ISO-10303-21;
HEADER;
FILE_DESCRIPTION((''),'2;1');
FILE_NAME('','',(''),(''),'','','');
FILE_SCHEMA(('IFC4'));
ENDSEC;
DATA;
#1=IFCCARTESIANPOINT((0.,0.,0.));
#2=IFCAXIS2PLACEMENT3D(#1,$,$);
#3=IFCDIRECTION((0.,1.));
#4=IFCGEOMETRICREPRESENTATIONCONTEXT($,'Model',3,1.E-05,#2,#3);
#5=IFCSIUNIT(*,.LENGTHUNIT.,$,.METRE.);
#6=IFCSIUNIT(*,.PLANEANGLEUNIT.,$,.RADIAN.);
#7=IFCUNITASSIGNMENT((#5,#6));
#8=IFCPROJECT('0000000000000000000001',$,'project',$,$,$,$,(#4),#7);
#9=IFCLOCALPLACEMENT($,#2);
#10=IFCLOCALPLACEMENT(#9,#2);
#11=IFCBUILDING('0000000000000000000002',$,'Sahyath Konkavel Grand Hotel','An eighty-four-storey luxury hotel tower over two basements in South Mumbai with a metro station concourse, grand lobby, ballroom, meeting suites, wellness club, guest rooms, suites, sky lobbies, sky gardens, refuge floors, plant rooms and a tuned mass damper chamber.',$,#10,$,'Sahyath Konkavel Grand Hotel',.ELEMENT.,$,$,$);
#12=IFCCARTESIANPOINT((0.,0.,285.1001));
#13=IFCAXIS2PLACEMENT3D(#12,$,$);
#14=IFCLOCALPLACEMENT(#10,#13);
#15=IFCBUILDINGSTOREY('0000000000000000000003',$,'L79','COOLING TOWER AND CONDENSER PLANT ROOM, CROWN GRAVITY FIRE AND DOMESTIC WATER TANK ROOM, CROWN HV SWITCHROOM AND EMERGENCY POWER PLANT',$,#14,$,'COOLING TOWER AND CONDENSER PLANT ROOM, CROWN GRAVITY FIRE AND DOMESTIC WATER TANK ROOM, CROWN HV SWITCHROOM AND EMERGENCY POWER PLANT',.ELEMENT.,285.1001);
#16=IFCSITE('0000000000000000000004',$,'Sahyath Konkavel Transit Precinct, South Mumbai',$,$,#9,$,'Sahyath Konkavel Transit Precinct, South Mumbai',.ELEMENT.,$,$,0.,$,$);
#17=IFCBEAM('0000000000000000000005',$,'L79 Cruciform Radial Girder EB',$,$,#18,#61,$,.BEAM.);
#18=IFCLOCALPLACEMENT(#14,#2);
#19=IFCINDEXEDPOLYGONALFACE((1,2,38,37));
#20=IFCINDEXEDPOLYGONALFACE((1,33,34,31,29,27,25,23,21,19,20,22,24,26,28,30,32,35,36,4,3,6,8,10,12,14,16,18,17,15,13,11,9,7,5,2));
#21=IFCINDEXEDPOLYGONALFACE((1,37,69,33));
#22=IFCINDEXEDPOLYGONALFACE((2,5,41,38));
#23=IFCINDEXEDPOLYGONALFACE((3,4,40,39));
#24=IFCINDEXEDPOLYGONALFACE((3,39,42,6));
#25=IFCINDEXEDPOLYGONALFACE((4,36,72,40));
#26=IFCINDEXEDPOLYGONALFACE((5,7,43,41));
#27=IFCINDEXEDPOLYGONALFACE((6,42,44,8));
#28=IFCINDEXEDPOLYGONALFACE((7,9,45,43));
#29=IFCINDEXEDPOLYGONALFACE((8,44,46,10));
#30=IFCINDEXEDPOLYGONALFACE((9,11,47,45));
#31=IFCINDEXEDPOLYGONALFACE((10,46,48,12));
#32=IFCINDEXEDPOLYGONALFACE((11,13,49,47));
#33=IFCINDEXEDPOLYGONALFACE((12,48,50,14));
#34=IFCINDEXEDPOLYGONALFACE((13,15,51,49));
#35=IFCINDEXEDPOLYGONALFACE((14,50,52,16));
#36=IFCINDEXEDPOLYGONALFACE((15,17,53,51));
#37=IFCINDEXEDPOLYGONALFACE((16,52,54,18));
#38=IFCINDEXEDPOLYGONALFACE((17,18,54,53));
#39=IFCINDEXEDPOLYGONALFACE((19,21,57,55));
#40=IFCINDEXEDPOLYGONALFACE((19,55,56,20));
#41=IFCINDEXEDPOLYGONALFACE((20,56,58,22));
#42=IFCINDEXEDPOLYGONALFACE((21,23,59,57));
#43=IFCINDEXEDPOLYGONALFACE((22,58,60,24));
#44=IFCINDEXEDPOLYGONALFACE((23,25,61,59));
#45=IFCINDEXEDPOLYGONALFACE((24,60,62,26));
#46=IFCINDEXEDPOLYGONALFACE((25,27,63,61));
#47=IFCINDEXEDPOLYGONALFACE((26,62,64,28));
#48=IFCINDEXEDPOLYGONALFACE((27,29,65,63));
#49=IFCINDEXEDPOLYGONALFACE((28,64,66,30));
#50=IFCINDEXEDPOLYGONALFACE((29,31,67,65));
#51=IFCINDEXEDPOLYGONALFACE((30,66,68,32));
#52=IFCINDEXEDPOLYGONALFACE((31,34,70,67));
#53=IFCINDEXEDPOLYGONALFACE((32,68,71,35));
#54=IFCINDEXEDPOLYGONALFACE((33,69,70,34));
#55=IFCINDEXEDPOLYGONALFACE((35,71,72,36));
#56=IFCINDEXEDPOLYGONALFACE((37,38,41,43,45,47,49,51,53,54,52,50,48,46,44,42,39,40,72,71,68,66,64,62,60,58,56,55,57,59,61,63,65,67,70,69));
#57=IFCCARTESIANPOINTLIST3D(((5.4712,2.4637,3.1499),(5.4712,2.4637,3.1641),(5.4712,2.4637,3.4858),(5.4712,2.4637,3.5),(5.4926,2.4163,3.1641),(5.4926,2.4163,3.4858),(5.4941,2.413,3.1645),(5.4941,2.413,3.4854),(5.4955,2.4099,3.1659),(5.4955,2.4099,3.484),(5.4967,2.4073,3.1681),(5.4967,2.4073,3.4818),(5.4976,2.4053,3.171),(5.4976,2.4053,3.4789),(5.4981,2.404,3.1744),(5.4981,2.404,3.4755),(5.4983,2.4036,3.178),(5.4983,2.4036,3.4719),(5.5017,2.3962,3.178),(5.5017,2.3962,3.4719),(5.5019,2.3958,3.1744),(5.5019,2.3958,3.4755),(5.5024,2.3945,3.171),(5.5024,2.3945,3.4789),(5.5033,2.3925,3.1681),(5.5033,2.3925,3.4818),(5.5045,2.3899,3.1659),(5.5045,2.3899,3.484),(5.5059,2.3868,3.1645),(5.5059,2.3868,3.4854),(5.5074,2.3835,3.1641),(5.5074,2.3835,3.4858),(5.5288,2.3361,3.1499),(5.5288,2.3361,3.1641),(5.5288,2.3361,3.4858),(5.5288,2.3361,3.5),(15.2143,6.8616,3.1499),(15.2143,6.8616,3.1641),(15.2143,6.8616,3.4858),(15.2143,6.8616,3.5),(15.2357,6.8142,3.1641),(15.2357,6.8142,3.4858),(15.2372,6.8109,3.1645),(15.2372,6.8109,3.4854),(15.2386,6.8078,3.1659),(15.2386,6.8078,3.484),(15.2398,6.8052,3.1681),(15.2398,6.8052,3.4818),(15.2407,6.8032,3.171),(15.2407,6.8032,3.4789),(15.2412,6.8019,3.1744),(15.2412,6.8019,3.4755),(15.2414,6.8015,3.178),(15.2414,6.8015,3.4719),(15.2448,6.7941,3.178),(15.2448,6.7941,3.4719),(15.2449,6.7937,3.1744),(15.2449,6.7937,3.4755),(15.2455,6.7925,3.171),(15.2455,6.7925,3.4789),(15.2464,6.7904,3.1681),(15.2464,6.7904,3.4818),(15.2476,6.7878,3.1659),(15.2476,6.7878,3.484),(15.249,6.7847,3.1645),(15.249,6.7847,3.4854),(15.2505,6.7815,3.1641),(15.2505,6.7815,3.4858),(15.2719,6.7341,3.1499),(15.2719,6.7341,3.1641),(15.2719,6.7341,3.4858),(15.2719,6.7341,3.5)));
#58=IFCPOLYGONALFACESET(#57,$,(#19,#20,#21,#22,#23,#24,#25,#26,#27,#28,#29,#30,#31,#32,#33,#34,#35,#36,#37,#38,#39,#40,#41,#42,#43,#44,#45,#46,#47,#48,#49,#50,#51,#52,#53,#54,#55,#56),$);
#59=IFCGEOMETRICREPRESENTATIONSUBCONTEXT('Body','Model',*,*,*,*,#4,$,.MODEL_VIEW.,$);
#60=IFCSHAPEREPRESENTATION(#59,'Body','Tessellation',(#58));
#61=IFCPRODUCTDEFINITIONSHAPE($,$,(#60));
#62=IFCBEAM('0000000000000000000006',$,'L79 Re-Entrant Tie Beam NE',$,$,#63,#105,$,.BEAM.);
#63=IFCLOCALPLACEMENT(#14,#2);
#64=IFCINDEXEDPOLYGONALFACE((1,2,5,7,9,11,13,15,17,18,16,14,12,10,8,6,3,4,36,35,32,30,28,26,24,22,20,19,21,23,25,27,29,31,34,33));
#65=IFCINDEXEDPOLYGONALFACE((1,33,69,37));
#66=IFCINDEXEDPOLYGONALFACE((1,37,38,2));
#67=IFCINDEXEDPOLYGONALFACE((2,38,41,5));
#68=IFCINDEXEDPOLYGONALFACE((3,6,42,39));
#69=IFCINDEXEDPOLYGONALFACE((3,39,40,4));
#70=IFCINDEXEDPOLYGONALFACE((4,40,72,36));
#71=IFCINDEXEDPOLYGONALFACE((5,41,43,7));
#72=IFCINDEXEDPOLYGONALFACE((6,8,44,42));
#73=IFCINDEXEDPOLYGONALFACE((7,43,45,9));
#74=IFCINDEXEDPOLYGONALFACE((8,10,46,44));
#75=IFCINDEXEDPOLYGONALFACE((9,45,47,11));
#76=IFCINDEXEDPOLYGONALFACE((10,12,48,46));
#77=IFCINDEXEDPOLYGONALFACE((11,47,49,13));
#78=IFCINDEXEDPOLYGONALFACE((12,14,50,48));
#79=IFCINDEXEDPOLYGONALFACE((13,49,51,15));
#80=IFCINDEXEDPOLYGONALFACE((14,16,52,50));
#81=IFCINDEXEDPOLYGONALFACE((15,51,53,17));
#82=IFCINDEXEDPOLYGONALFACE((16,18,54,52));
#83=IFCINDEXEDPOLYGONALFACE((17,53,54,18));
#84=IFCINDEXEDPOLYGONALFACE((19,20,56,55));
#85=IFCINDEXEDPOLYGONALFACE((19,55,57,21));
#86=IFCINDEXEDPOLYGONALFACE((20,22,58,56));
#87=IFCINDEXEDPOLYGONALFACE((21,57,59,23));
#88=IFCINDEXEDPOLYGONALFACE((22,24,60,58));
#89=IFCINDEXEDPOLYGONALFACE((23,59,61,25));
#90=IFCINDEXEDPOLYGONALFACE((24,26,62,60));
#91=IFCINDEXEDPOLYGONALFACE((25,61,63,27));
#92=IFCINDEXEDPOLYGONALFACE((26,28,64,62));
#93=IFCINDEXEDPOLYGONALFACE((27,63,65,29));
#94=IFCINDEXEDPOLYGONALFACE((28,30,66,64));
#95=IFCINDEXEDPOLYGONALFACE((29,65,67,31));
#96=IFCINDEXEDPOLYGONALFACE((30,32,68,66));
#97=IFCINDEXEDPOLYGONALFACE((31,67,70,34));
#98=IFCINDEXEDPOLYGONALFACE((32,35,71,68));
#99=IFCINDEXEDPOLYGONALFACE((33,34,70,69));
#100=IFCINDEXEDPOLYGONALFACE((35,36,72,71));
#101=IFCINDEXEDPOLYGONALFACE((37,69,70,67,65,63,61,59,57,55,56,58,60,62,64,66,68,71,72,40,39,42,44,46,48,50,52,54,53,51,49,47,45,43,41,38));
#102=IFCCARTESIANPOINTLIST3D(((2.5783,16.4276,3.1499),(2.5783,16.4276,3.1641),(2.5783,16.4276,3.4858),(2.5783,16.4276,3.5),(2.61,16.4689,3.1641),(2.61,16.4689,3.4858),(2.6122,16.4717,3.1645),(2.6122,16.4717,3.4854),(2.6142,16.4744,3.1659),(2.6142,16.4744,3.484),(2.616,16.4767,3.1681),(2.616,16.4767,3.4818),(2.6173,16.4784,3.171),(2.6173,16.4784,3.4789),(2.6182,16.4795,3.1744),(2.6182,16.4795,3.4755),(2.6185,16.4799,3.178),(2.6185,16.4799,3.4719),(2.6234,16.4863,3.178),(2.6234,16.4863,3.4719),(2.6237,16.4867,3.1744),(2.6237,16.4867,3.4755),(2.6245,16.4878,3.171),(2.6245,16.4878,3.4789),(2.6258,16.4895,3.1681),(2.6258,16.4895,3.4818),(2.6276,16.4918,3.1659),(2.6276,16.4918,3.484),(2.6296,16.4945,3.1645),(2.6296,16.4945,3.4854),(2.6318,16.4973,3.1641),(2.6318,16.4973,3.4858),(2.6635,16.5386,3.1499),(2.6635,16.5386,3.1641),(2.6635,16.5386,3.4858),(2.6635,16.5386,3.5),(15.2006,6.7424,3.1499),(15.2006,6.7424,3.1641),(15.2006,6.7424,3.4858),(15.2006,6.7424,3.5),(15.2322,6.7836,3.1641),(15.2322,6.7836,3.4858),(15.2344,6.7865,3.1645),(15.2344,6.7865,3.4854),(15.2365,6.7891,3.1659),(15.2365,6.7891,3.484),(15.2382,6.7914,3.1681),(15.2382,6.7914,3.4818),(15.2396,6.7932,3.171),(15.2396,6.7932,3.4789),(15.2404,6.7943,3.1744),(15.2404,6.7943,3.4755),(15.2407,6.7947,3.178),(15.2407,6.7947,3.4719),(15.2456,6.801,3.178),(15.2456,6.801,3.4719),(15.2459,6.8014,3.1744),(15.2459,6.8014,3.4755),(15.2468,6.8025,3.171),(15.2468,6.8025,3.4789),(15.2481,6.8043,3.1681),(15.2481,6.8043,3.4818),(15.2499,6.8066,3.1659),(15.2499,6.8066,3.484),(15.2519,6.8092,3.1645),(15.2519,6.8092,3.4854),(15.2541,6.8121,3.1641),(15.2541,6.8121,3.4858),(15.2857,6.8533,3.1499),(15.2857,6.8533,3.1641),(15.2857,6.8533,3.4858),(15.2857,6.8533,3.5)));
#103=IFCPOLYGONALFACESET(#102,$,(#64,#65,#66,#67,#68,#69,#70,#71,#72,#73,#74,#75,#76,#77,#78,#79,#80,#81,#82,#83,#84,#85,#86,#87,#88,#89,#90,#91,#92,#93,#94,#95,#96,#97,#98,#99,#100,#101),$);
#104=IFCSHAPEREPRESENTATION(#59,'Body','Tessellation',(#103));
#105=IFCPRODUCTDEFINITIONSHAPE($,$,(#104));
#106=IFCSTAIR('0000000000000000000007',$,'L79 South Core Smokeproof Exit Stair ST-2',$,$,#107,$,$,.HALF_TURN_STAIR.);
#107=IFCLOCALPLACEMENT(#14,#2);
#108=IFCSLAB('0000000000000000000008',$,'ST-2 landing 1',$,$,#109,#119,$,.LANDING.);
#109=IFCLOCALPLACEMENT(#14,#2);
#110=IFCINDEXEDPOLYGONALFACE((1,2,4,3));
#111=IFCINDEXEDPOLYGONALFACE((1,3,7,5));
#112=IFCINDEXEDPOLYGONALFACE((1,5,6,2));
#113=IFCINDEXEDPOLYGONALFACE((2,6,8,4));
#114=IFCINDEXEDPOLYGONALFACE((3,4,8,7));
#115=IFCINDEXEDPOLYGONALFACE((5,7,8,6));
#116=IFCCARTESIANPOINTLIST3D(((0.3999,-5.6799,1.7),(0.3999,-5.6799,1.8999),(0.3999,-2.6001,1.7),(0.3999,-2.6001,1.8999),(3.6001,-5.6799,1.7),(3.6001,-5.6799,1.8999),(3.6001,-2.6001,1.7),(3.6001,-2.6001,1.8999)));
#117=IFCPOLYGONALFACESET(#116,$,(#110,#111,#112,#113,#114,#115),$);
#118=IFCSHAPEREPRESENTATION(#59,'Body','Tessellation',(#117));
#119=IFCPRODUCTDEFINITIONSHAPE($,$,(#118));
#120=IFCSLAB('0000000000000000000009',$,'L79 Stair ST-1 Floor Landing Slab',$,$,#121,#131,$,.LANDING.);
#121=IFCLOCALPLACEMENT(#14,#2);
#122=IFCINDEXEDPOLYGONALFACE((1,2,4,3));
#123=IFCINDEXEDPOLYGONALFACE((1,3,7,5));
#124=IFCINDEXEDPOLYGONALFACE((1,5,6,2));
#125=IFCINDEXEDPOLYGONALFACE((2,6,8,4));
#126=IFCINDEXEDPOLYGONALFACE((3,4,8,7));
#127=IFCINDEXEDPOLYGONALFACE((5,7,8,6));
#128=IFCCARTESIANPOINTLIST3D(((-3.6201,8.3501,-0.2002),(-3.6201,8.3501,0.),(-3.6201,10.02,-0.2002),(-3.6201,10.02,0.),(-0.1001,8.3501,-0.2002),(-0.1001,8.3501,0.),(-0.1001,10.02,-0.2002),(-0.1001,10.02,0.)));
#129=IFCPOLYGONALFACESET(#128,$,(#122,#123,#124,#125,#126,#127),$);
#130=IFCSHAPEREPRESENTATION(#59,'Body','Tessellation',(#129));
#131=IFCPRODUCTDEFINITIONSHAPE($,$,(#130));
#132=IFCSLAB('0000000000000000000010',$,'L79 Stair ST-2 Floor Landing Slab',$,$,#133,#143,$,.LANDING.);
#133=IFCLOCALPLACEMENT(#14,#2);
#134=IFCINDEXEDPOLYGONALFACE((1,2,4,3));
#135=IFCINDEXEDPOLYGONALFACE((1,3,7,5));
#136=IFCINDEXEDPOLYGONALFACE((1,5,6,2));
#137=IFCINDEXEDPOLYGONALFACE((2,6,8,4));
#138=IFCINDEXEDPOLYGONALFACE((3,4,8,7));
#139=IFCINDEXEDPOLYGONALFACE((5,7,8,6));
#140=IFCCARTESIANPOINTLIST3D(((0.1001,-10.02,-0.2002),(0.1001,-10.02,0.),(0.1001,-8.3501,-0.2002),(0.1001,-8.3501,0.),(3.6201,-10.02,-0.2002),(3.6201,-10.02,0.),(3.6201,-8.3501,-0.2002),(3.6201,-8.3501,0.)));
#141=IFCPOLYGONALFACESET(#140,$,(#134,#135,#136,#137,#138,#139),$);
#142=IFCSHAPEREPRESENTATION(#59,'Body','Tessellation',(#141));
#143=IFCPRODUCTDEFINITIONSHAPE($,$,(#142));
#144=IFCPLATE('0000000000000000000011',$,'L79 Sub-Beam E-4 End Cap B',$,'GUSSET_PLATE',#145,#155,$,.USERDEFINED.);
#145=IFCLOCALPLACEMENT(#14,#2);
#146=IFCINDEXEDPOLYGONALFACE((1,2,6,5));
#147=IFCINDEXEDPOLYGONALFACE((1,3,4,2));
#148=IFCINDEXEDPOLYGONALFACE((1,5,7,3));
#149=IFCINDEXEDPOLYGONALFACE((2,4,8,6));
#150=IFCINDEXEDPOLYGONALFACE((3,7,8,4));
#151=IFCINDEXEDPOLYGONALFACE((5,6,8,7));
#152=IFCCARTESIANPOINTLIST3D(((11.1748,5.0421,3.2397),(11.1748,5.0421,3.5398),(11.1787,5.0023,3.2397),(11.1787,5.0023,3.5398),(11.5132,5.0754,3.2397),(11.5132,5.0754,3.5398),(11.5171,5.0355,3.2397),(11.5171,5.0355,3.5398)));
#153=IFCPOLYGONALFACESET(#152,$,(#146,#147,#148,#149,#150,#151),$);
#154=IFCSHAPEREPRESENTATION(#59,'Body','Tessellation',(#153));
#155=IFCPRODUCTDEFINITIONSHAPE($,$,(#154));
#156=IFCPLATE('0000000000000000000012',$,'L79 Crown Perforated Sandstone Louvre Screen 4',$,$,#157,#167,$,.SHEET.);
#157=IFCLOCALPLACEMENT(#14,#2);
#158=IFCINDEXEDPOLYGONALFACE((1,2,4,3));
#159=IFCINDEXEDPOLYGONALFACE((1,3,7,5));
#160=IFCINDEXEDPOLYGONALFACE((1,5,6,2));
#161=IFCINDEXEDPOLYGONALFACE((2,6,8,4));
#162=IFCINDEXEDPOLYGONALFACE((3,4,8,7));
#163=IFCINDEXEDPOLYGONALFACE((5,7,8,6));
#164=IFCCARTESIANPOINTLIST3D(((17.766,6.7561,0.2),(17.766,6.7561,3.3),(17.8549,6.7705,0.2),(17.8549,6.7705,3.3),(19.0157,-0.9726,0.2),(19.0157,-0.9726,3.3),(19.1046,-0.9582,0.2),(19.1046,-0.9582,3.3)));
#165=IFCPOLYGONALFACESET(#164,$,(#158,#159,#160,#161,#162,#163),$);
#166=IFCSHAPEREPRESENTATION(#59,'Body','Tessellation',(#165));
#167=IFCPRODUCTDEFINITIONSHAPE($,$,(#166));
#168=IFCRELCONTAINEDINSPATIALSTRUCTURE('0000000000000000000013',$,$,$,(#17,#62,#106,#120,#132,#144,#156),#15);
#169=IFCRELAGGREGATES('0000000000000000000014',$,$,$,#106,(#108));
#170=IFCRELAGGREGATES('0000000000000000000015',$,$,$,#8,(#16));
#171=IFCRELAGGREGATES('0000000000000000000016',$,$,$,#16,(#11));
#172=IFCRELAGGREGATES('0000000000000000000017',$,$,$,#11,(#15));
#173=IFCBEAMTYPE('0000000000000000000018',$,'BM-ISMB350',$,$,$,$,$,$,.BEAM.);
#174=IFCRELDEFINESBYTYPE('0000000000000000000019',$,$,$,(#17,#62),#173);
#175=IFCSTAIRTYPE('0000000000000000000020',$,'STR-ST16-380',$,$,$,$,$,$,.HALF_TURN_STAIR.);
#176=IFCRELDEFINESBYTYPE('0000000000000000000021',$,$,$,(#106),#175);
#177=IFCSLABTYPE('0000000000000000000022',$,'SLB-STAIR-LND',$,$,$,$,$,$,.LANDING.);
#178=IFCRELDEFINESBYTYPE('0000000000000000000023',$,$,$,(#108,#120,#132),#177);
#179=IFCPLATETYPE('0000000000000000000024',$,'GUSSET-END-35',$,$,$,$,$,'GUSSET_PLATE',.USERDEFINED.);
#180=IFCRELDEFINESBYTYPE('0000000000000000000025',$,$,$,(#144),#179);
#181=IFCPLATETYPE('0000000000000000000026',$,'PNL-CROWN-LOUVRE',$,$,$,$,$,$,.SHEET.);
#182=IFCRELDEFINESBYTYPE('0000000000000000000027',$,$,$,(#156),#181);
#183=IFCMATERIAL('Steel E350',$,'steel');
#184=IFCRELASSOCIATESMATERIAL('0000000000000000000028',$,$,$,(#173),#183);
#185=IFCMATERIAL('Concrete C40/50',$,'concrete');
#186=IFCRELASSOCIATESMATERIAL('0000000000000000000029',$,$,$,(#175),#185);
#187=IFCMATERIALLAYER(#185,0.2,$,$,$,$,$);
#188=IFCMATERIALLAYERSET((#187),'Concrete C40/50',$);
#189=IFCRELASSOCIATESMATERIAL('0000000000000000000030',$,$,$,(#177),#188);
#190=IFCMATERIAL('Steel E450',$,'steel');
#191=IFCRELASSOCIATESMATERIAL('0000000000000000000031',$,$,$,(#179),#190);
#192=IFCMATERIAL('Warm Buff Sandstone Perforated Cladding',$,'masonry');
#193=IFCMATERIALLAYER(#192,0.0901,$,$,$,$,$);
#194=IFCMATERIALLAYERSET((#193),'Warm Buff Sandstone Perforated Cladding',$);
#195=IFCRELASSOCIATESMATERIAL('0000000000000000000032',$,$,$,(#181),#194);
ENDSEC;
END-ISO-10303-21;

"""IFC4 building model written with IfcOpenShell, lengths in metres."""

from ifc_helpers import new_model, si_unit, direction, frame, origin, origin_2d, place, context, subcontext, project, spatial, polyline, rectangle, i_section, outline, extrude, source, transform, mapped, material, layer, layer_set, material_profile, profile_set, type_object, element, aggregate, save


model = new_model("IFC4")

# Units and contexts
model_context = context("Model", 3, precision=1e-05, world=origin(), true_north=direction((0.0, 1.0)))
body_context = subcontext(model_context, "Body", "Model", "MODEL_VIEW")
ifc_project = project(units=[si_unit("LENGTHUNIT", "METRE"), si_unit("PLANEANGLEUNIT", "RADIAN")], contexts=[model_context])

# Site, building, storey
site_placement = place(None, origin())
site = spatial("IfcSite", under=ifc_project, at=site_placement, Name="Sahyath Konkavel Transit Precinct, South Mumbai", LongName="Sahyath Konkavel Transit Precinct, South Mumbai", CompositionType="ELEMENT", RefElevation=0.0)
building_placement = place(site_placement, origin())
building = spatial("IfcBuilding", under=site, at=building_placement, Name="Sahyath Konkavel Grand Hotel", Description="An eighty-four-storey luxury hotel tower over two basements in South Mumbai with a metro station concourse, grand lobby, ballroom, meeting suites, wellness club, guest rooms, suites, sky lobbies, sky gardens, refuge floors, plant rooms and a tuned mass damper chamber.", LongName="Sahyath Konkavel Grand Hotel", CompositionType="ELEMENT")
storey_placement = place(building_placement, frame((0.0, 0.0, 285.1001)))
storey = spatial("IfcBuildingStorey", under=building, at=storey_placement, Name="L79", Description="COOLING TOWER AND CONDENSER PLANT ROOM, CROWN GRAVITY FIRE AND DOMESTIC WATER TANK ROOM, CROWN HV SWITCHROOM AND EMERGENCY POWER PLANT", LongName="COOLING TOWER AND CONDENSER PLANT ROOM, CROWN GRAVITY FIRE AND DOMESTIC WATER TANK ROOM, CROWN HV SWITCHROOM AND EMERGENCY POWER PLANT", CompositionType="ELEMENT", Elevation=285.1001)

# Shared definitions
ifc_material_1 = material(Name="Concrete C40/50", Category="concrete")

# Beams
ifc_material_2 = material(Name="Steel E350", Category="steel")
ifc_material_profile_1 = material_profile(ifc_material_2, i_section(OverallWidth=0.1399, OverallDepth=0.3501, WebThickness=0.0081, FlangeThickness=0.0142, FilletRadius=0.0139, at=origin_2d()), Name="ISMB 350")
ifc_profile_set_1 = profile_set([ifc_material_profile_1], Name="Steel E350")
beam_type_1 = type_object("IfcBeamType", Name="BM-ISMB350", PredefinedType="BEAM", material=ifc_profile_set_1)
shared_shape_1 = source(origin(), body_context, "Body", "SweptSolid", [
    extrude(i_section(OverallWidth=0.1399, OverallDepth=0.3501, WebThickness=0.0081, FlangeThickness=0.0142, FilletRadius=0.0139, at=origin_2d()), origin(), (0.0, 0.0, 1.0), 10.6897),
])
beam_1_placement = place(storey_placement, frame((5.5, 2.3999, 3.325), z_axis=(0.911447, 0.411417, 0.0), x_axis=(-0.411417, 0.911447, 0.0)))
element("IfcBeam", 1, at=beam_1_placement, inside=storey, type_object=beam_type_1, Name="L79 Cruciform Radial Girder EB", PredefinedType="BEAM", context=body_context, shape_type="MappedRepresentation", body=[
    mapped(shared_shape_1, transform((0.0, 0.0, 0.0), scale=1.0)),
])
shared_shape_2 = source(origin(), body_context, "Body", "SweptSolid", [
    extrude(i_section(OverallWidth=0.1399, OverallDepth=0.3501, WebThickness=0.0081, FlangeThickness=0.0142, FilletRadius=0.0139, at=origin_2d()), origin(), (0.0, 0.0, 1.0), 15.9099),
])
beam_2_placement = place(storey_placement, frame((15.2432, 6.7979, 3.325), z_axis=(-0.793358, 0.608756, 0.0), x_axis=(-0.608756, -0.793358, 0.0)))
element("IfcBeam", 2, at=beam_2_placement, inside=storey, type_object=beam_type_1, Name="L79 Re-Entrant Tie Beam NE", PredefinedType="BEAM", context=body_context, shape_type="MappedRepresentation", body=[
    mapped(shared_shape_2, transform((0.0, 0.0, 0.0), scale=1.0)),
])

# Stair, slab
stair_type = type_object("IfcStairType", Name="STR-ST16-380", PredefinedType="HALF_TURN_STAIR", material=ifc_material_1)
stair_placement = place(storey_placement, origin())
stair = element("IfcStair", 3, at=stair_placement, inside=storey, type_object=stair_type, Name="L79 South Core Smokeproof Exit Stair ST-2", PredefinedType="HALF_TURN_STAIR")
ifc_layer_1 = layer(ifc_material_1, 0.2)
ifc_layer_set_1 = layer_set([ifc_layer_1], Name="Concrete C40/50")
slab_type = type_object("IfcSlabType", Name="SLB-STAIR-LND", PredefinedType="LANDING", material=ifc_layer_set_1)
slab_1_placement = place(storey_placement, frame((0.0, 0.0, 1.7)))
slab_1 = element("IfcSlab", 4, at=slab_1_placement, type_object=slab_type, Name="ST-2 landing 1", PredefinedType="LANDING", context=body_context, shape_type="SweptSolid", body=[
    extrude(outline(polyline([(3.6001, -5.6799), (3.6001, -2.6001), (0.3999, -2.6001), (0.3999, -5.6799), (3.6001, -5.6799)])), origin(), (0.0, 0.0, 1.0), 0.2),
])
aggregate(stair, [slab_1])

# Slabs
slab_2_placement = place(storey_placement, frame((0.0, 0.0, -0.2002)))
element("IfcSlab", 5, at=slab_2_placement, inside=storey, type_object=slab_type, Name="L79 Stair ST-1 Floor Landing Slab", PredefinedType="LANDING", context=body_context, shape_type="SweptSolid", body=[
    extrude(outline(polyline([(-3.6201, 8.3501), (-0.1001, 8.3501), (-0.1001, 10.02), (-3.6201, 10.02), (-3.6201, 8.3501)])), origin(), (0.0, 0.0, 1.0), 0.2002),
])
slab_3_placement = place(storey_placement, frame((0.0, 0.0, -0.2002)))
element("IfcSlab", 6, at=slab_3_placement, inside=storey, type_object=slab_type, Name="L79 Stair ST-2 Floor Landing Slab", PredefinedType="LANDING", context=body_context, shape_type="SweptSolid", body=[
    extrude(outline(polyline([(0.1001, -10.02), (3.6201, -10.02), (3.6201, -8.3501), (0.1001, -8.3501), (0.1001, -10.02)])), origin(), (0.0, 0.0, 1.0), 0.2002),
])

# Plates
ifc_material_3 = material(Name="Steel E450", Category="steel")
plate_type_1 = type_object("IfcPlateType", Name="GUSSET-END-35", ElementType="GUSSET_PLATE", PredefinedType="USERDEFINED", material=ifc_material_3)
shared_shape_3 = source(origin(), body_context, "Body", "SweptSolid", [
    extrude(rectangle(XDim=0.04, YDim=0.3401, at=origin_2d()), origin(), (0.0, 0.0, 1.0), 0.3),
])
plate_1_placement = place(storey_placement, frame((11.3459, 5.0388, 3.2397), z_axis=(0.0, 0.0, 1.0), x_axis=(-0.097791, 0.995207, 0.0)))
element("IfcPlate", 7, at=plate_1_placement, inside=storey, type_object=plate_type_1, Name="L79 Sub-Beam E-4 End Cap B", ObjectType="GUSSET_PLATE", PredefinedType="USERDEFINED", context=body_context, shape_type="MappedRepresentation", body=[
    mapped(shared_shape_3, transform((0.0, 0.0, 0.0), scale=1.0)),
])
ifc_material_4 = material(Name="Warm Buff Sandstone Perforated Cladding", Category="masonry")
ifc_layer_2 = layer(ifc_material_4, 0.0901)
ifc_layer_set_2 = layer_set([ifc_layer_2], Name="Warm Buff Sandstone Perforated Cladding")
plate_type_2 = type_object("IfcPlateType", Name="PNL-CROWN-LOUVRE", PredefinedType="SHEET", material=ifc_layer_set_2)
shared_shape_4 = source(origin(), body_context, "Body", "SweptSolid", [
    extrude(rectangle(XDim=7.8291, YDim=0.0901, at=origin_2d()), origin(), (0.0, 0.0, 1.0), 3.1001),
])
plate_2_placement = place(storey_placement, frame((18.4353, 2.8989, 0.2), z_axis=(0.0, 0.0, 1.0), x_axis=(-0.159623, 0.987178, 0.0)))
element("IfcPlate", 8, at=plate_2_placement, inside=storey, type_object=plate_type_2, Name="L79 Crown Perforated Sandstone Louvre Screen 4", PredefinedType="SHEET", context=body_context, shape_type="MappedRepresentation", body=[
    mapped(shared_shape_4, transform((0.0, 0.0, 0.0), scale=1.0)),
])

save(model, "model.ifc")
